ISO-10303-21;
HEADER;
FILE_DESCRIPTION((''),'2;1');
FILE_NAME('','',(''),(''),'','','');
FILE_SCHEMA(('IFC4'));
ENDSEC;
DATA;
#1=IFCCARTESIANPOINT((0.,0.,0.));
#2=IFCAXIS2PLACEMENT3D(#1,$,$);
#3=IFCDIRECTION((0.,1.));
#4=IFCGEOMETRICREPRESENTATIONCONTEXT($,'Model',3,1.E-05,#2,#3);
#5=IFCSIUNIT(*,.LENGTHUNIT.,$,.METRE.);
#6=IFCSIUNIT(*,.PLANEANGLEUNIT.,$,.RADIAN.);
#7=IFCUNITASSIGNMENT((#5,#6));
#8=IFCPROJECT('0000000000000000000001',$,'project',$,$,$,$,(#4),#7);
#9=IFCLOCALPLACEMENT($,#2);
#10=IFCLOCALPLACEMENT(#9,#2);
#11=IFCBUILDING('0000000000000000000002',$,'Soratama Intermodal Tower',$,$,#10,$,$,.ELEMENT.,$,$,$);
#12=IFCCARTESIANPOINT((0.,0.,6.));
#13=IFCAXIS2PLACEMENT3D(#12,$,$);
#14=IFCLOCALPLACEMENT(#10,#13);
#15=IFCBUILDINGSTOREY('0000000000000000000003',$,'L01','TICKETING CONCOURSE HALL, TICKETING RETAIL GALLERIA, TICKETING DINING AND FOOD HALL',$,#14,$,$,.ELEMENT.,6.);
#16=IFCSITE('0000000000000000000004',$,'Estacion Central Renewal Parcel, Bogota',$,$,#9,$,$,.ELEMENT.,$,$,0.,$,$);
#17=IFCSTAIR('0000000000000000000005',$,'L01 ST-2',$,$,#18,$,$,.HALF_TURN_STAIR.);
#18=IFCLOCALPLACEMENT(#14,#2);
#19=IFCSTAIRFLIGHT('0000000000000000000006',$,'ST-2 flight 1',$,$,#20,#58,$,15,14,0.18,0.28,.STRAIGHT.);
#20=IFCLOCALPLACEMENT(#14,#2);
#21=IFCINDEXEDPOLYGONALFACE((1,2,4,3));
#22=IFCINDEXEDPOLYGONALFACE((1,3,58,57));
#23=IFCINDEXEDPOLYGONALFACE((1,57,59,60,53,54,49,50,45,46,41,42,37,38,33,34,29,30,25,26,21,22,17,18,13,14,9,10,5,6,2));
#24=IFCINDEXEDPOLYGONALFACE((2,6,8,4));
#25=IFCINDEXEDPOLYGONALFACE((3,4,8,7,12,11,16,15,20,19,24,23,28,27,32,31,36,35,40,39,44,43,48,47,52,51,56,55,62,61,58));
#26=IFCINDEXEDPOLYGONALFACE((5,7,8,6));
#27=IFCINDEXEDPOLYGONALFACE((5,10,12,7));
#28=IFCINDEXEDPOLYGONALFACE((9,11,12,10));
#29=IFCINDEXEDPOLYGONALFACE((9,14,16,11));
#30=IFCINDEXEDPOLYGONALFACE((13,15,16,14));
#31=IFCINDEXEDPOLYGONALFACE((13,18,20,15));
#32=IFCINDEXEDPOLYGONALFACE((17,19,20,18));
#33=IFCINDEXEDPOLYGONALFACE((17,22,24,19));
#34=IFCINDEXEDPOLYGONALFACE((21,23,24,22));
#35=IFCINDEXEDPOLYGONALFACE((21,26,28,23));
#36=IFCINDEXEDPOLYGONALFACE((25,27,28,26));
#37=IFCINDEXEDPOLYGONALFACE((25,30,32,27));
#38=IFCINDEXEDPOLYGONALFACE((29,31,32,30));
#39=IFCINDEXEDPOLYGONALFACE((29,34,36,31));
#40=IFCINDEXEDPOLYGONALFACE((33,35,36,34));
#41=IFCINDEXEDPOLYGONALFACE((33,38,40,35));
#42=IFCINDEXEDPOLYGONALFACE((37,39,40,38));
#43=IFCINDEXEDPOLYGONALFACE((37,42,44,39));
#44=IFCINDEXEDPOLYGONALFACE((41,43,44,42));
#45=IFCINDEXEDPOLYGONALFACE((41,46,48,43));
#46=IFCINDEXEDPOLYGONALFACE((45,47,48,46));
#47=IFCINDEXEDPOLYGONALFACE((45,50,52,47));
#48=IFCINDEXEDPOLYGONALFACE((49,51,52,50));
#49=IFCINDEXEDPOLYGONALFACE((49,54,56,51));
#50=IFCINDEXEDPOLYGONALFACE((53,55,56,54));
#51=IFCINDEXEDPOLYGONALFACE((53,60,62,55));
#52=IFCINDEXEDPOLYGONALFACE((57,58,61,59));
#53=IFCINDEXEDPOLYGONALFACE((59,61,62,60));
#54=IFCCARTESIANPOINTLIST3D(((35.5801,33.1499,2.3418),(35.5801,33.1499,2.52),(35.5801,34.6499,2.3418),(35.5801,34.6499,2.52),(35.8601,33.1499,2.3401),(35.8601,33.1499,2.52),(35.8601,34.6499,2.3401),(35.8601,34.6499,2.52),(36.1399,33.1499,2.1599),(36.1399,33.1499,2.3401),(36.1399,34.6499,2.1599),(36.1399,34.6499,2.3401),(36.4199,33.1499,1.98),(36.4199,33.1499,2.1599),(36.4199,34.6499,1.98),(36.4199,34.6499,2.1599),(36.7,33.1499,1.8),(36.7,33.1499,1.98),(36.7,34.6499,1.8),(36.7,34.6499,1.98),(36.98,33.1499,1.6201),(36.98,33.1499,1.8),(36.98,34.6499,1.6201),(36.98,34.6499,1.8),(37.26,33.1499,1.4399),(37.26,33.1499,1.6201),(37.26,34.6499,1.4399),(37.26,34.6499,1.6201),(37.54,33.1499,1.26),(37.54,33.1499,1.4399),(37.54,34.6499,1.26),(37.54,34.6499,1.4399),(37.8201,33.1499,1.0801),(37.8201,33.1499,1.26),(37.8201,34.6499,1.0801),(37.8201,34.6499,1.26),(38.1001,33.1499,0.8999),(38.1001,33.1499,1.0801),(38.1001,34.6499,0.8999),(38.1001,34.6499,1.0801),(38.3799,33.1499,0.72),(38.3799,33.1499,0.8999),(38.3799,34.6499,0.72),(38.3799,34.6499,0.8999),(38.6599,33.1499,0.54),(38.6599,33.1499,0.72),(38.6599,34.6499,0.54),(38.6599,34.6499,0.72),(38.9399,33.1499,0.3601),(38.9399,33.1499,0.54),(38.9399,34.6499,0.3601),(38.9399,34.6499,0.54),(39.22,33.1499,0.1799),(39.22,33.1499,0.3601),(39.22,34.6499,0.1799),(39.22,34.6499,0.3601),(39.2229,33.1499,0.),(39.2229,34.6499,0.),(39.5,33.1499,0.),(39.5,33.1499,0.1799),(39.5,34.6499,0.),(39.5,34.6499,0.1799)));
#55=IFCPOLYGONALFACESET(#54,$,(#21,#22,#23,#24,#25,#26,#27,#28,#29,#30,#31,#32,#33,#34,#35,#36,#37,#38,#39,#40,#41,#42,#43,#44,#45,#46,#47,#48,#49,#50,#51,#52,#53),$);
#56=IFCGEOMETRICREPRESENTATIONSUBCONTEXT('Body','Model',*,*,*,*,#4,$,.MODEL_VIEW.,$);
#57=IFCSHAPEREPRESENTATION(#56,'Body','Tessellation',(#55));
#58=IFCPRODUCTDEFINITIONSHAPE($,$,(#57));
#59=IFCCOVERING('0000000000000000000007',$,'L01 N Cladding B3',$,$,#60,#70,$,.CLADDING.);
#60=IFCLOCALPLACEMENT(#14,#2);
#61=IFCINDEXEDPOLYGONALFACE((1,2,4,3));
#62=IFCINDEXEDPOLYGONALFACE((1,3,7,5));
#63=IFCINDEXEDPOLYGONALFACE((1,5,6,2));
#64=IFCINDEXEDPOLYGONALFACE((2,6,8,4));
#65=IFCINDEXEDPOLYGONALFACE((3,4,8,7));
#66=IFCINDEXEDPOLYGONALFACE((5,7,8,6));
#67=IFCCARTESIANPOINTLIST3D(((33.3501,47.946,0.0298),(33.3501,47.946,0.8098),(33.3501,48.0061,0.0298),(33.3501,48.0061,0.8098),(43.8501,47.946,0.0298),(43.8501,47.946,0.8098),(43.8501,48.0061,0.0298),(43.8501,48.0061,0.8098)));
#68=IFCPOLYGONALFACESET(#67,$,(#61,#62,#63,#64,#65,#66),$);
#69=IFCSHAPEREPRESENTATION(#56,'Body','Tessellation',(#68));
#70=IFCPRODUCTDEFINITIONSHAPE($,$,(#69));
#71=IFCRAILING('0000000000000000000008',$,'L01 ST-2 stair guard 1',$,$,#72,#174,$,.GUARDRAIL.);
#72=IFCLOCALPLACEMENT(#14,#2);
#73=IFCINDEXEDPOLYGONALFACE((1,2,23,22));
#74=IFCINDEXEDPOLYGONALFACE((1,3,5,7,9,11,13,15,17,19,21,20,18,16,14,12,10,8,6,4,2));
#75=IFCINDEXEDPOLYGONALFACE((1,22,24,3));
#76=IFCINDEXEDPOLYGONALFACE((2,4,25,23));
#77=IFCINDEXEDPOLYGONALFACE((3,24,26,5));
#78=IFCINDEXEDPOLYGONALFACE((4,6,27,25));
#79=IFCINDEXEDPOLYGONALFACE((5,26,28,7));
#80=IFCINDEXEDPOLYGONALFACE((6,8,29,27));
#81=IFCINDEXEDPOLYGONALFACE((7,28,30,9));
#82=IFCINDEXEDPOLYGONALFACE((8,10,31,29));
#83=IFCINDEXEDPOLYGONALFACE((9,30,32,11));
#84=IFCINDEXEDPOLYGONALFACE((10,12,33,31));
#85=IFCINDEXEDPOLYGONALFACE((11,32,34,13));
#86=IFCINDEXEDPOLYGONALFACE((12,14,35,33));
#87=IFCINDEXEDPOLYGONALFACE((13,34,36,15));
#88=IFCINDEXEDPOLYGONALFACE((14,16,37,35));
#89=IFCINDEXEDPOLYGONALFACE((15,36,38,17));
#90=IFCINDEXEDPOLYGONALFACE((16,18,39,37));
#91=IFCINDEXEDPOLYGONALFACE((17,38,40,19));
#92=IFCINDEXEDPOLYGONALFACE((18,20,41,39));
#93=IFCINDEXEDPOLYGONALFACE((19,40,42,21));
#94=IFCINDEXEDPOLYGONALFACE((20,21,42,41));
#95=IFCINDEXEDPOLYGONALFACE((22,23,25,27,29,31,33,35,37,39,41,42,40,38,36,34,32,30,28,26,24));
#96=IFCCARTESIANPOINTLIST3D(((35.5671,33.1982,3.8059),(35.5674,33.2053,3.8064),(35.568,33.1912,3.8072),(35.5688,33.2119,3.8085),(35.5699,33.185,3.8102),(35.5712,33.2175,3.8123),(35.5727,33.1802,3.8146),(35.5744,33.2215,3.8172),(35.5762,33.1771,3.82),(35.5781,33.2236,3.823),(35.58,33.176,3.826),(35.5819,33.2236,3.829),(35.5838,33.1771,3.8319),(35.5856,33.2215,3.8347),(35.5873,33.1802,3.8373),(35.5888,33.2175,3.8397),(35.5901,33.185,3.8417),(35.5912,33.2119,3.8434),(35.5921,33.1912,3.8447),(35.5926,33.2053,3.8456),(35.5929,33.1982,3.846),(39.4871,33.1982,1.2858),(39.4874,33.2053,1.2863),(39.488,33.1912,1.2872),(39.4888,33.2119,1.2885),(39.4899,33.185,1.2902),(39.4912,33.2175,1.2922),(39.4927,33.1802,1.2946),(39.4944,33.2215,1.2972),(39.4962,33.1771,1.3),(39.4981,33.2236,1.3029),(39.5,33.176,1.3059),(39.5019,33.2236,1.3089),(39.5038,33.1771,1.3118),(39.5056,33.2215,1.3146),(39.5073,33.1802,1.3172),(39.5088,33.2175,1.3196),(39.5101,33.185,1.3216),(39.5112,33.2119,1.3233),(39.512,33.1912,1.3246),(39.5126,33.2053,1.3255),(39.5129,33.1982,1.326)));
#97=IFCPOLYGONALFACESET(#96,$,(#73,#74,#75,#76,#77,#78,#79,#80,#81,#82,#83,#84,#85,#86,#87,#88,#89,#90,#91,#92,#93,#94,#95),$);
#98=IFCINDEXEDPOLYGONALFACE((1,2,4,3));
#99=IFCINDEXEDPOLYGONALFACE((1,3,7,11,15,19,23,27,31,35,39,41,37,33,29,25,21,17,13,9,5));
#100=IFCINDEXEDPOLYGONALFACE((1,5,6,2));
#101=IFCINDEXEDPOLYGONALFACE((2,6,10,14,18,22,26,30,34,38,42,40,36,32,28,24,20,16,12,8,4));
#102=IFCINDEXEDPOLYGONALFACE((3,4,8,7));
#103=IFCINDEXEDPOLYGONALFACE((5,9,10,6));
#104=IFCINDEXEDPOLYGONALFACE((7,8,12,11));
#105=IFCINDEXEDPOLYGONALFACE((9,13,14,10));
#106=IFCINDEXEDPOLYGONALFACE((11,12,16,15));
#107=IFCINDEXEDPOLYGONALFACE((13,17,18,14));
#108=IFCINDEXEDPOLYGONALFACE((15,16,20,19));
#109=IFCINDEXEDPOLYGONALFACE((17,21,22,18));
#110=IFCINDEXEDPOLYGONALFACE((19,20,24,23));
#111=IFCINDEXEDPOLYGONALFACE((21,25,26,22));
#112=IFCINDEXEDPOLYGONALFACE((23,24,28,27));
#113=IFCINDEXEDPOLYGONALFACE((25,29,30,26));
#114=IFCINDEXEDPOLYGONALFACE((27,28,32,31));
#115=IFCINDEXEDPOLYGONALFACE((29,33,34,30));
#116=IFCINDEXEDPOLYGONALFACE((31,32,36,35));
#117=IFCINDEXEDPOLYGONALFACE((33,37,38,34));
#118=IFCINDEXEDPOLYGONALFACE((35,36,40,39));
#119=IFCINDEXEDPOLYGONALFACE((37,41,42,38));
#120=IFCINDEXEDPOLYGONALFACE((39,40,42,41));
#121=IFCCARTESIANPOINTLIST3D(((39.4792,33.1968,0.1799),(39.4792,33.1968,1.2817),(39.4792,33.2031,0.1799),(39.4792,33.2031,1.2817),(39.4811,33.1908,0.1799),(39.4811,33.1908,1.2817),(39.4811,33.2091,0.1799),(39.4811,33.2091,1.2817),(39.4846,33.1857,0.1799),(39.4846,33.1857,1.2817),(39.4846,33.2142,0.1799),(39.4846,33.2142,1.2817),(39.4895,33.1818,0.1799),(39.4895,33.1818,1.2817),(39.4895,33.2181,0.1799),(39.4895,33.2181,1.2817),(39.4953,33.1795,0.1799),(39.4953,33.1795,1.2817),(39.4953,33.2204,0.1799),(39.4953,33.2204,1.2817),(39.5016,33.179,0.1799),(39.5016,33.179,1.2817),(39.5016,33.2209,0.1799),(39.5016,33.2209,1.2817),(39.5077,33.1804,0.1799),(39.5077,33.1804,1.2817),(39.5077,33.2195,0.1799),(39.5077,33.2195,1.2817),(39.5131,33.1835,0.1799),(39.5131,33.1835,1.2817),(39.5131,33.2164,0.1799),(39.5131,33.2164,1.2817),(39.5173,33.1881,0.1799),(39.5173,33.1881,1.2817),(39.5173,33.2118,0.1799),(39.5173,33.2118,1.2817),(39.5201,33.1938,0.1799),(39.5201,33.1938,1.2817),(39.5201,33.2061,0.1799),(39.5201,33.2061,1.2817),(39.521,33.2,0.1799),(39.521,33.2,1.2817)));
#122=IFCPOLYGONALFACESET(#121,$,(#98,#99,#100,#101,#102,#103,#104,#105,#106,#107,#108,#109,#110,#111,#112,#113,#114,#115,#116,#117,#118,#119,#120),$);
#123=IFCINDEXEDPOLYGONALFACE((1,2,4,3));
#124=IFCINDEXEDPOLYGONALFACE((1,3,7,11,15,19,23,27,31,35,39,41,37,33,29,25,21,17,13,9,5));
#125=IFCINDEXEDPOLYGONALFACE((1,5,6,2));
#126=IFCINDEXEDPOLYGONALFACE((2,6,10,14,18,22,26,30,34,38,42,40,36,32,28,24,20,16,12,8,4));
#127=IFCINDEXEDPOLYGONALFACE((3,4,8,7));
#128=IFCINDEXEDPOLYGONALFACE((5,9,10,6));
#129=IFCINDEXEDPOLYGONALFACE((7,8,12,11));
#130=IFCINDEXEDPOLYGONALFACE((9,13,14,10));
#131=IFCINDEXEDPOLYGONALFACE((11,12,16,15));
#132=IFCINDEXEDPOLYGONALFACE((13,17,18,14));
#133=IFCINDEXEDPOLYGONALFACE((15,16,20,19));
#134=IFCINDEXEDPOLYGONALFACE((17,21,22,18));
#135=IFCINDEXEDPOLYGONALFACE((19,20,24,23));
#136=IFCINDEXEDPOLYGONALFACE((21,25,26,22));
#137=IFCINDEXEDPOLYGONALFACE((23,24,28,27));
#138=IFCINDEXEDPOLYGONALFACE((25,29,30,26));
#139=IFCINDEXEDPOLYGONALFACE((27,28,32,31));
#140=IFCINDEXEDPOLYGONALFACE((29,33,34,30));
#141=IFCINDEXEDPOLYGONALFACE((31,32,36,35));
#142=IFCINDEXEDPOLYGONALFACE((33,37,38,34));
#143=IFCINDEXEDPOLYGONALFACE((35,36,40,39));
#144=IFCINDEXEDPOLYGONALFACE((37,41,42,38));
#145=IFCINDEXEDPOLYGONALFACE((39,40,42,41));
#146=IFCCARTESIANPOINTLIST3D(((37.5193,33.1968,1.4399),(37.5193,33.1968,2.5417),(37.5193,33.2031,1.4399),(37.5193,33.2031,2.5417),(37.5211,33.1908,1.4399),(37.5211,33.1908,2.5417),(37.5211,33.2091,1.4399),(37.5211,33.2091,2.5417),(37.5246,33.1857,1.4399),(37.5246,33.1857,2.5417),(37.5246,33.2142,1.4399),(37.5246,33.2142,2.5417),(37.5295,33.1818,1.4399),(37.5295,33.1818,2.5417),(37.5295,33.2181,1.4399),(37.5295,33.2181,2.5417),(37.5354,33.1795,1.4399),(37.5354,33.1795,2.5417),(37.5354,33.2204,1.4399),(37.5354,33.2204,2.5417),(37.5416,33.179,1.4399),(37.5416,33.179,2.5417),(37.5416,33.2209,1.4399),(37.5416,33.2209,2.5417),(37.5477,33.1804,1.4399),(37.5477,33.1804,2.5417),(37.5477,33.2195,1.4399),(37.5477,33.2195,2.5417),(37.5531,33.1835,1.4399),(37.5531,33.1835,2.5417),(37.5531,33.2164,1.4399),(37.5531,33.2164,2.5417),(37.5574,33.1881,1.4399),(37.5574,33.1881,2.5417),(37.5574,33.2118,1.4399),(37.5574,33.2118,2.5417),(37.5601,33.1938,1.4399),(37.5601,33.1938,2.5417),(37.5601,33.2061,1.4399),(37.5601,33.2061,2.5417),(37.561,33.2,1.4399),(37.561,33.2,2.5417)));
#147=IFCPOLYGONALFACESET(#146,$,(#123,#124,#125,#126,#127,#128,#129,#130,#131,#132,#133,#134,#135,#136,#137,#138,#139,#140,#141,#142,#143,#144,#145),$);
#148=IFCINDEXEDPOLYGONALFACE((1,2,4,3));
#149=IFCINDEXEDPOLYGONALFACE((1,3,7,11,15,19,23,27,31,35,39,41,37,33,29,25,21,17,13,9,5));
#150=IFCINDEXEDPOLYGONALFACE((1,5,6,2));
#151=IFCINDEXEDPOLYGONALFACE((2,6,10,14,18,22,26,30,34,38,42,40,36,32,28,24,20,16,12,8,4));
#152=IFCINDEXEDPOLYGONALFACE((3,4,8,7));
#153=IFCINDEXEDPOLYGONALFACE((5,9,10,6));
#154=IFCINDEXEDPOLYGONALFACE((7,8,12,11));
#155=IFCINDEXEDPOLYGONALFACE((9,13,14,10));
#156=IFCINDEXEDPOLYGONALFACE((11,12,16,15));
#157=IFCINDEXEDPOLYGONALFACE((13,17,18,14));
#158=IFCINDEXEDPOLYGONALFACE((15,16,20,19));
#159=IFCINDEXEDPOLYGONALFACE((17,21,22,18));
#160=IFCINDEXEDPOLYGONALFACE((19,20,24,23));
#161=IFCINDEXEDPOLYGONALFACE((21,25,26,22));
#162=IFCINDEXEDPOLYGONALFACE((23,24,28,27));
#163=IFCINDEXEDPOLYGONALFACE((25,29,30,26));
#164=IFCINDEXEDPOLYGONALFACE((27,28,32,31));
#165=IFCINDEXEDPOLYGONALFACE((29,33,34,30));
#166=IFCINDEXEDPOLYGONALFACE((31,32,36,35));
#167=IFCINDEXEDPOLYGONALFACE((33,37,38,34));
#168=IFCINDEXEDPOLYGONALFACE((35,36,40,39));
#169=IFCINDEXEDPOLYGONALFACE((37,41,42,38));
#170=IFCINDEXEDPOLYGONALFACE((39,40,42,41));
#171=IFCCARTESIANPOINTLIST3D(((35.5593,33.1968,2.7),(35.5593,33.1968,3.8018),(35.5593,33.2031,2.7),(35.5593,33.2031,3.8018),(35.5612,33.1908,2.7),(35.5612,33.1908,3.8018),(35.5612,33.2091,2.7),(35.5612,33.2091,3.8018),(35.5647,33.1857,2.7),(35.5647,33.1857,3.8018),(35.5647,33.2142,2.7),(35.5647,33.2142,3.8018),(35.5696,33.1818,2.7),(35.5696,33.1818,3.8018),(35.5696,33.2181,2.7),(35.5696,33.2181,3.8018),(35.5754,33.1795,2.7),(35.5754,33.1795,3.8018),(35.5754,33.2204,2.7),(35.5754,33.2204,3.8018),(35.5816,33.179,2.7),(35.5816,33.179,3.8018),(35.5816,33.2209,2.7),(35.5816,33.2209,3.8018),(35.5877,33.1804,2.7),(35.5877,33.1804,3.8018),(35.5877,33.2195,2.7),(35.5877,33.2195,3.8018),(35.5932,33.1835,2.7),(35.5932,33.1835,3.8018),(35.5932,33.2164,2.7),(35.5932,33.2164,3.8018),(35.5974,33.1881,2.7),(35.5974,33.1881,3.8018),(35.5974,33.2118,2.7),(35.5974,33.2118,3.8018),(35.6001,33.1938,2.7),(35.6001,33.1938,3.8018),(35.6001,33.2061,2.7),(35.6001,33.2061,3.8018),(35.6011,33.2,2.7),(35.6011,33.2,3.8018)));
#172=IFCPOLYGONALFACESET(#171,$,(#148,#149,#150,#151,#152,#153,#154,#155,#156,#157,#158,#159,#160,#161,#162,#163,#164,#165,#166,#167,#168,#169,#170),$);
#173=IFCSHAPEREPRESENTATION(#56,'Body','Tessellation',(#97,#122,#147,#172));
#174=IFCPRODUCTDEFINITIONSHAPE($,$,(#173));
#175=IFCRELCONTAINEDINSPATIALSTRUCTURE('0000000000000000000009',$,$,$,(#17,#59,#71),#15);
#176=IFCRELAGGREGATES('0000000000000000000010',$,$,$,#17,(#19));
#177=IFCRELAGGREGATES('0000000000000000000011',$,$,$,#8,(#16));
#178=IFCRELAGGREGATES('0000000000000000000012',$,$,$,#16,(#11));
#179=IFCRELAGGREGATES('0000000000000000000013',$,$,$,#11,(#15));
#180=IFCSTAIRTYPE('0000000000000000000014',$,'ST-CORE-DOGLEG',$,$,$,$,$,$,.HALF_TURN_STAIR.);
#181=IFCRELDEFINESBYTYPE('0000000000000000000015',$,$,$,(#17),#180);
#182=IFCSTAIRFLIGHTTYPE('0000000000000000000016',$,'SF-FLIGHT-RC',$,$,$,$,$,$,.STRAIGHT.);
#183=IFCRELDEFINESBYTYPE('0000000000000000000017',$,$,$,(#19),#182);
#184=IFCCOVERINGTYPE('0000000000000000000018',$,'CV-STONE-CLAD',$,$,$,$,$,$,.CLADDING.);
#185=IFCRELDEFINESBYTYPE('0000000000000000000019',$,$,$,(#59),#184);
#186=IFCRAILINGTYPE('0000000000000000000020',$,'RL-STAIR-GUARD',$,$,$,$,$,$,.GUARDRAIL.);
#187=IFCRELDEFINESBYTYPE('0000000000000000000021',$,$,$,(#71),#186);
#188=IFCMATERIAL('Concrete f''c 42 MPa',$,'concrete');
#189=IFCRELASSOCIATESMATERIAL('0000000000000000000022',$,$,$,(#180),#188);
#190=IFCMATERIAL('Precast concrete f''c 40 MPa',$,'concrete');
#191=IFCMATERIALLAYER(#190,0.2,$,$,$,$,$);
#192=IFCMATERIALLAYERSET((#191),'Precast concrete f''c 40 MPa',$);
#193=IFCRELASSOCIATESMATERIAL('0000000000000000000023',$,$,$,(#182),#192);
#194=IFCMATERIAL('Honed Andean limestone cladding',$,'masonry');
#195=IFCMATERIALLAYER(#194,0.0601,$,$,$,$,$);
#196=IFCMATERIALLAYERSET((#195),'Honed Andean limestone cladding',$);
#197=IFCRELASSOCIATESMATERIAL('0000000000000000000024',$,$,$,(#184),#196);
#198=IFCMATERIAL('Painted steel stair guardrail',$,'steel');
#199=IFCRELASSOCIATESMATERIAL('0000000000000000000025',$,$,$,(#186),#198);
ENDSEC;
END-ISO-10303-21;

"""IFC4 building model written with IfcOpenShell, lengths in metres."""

from ifc_helpers import new_model, si_unit, direction, frame, origin, origin_2d, place, context, subcontext, project, spatial, polyline, rectangle, circle, outline, extrude, material, layer, layer_set, type_object, element, aggregate, save


model = new_model("IFC4")

# Units and contexts
model_context = context("Model", 3, precision=1e-05, world=origin(), true_north=direction((0.0, 1.0)))
body_context = subcontext(model_context, "Body", "Model", "MODEL_VIEW")
ifc_project = project(units=[si_unit("LENGTHUNIT", "METRE"), si_unit("PLANEANGLEUNIT", "RADIAN")], contexts=[model_context])

# Site, building, storey
site_placement = place(None, origin())
site = spatial("IfcSite", under=ifc_project, at=site_placement, Name="Estacion Central Renewal Parcel, Bogota", CompositionType="ELEMENT", RefElevation=0.0)
building_placement = place(site_placement, origin())
building = spatial("IfcBuilding", under=site, at=building_placement, Name="Soratama Intermodal Tower", CompositionType="ELEMENT")
storey_placement = place(building_placement, frame((0.0, 0.0, 6.0)))
storey = spatial("IfcBuildingStorey", under=building, at=storey_placement, Name="L01", Description="TICKETING CONCOURSE HALL, TICKETING RETAIL GALLERIA, TICKETING DINING AND FOOD HALL", CompositionType="ELEMENT", Elevation=6.0)

# Stair, stair flight
ifc_material_1 = material(Name="Concrete f'c 42 MPa", Category="concrete")
stair_type = type_object("IfcStairType", Name="ST-CORE-DOGLEG", PredefinedType="HALF_TURN_STAIR", material=ifc_material_1)
stair_placement = place(storey_placement, origin())
stair = element("IfcStair", 1, at=stair_placement, inside=storey, type_object=stair_type, Name="L01 ST-2", PredefinedType="HALF_TURN_STAIR")
ifc_material_2 = material(Name="Precast concrete f'c 40 MPa", Category="concrete")
ifc_layer_1 = layer(ifc_material_2, 0.2)
ifc_layer_set_1 = layer_set([ifc_layer_1], Name="Precast concrete f'c 40 MPa")
stair_flight_type = type_object("IfcStairFlightType", Name="SF-FLIGHT-RC", PredefinedType="STRAIGHT", material=ifc_layer_set_1)
stair_flight_placement = place(storey_placement, frame((39.5, 33.8999, 0.0), z_axis=(0.0, 0.0, 1.0), x_axis=(-1.0, 0.0, 0.0)))
stair_flight = element("IfcStairFlight", 2, at=stair_flight_placement, type_object=stair_flight_type, Name="ST-2 flight 1", NumberOfRisers=15, NumberOfTreads=14, PredefinedType="STRAIGHT", RiserHeight=0.18, TreadLength=0.28, context=body_context, shape_type="SweptSolid", body=[
    extrude(outline(polyline([(0.0, 0.0), (0.0, 0.1799), (0.28, 0.1799), (0.28, 0.3601), (0.5601, 0.3601), (0.5601, 0.54), (0.8401, 0.54), (0.8401, 0.72), (1.1201, 0.72), (1.1201, 0.8999), (1.3999, 0.8999), (1.3999, 1.0801), (1.6799, 1.0801), (1.6799, 1.26), (1.96, 1.26), (1.96, 1.4399), (2.24, 1.4399), (2.24, 1.6201), (2.52, 1.6201), (2.52, 1.8), (2.8, 1.8), (2.8, 1.98), (3.0801, 1.98), (3.0801, 2.1599), (3.3601, 2.1599), (3.3601, 2.3401), (3.6399, 2.3401), (3.6399, 2.52), (3.9199, 2.52), (3.9199, 2.7), (3.9199, 2.3418), (0.2771, 0.0), (0.0, 0.0)])), frame((0.0, 0.75, 0.0), z_axis=(0.0, -1.0, 0.0), x_axis=(1.0, 0.0, 0.0)), (0.0, 0.0, 1.0), 1.5),
])
aggregate(stair, [stair_flight])

# Covering
ifc_material_3 = material(Name="Honed Andean limestone cladding", Category="masonry")
ifc_layer_2 = layer(ifc_material_3, 0.0601)
ifc_layer_set_2 = layer_set([ifc_layer_2], Name="Honed Andean limestone cladding")
covering_type = type_object("IfcCoveringType", Name="CV-STONE-CLAD", PredefinedType="CLADDING", material=ifc_layer_set_2)
covering_placement = place(storey_placement, frame((38.6001, 47.9761, 0.0298), z_axis=(0.0, 0.0, 1.0), x_axis=(1.0, 0.0, 0.0)))
element("IfcCovering", 3, at=covering_placement, inside=storey, type_object=covering_type, Name="L01 N Cladding B3", PredefinedType="CLADDING", context=body_context, shape_type="SweptSolid", body=[
    extrude(rectangle(XDim=10.5, YDim=0.0601, at=origin_2d()), origin(), (0.0, 0.0, 1.0), 0.78),
])

# Railing
ifc_material_4 = material(Name="Painted steel stair guardrail", Category="steel")
railing_type_1 = type_object("IfcRailingType", Name="RL-STAIR-GUARD", PredefinedType="GUARDRAIL", material=ifc_material_4)
railing_1_placement = place(storey_placement, frame((39.5, 33.2, 0.1799)))
element("IfcRailing", 4, at=railing_1_placement, inside=storey, type_object=railing_type_1, Name="L01 ST-2 stair guard 1", PredefinedType="GUARDRAIL", context=body_context, shape_type="SweptSolid", body=[
    extrude(circle(Radius=0.0239, at=origin_2d()), frame((0.0, 0.0, 1.126), z_axis=(-0.841172, 0.0, 0.540768), x_axis=(0.0, -1.0, 0.0)), (0.0, 0.0, 1.0), 4.6602),
    extrude(circle(Radius=0.021, at=origin_2d()), origin(), (0.0, 0.0, 1.0), 1.1018),
    extrude(circle(Radius=0.021, at=origin_2d()), frame((-1.96, 0.0, 1.26)), (0.0, 0.0, 1.0), 1.1018),
    extrude(circle(Radius=0.021, at=origin_2d()), frame((-3.9199, 0.0, 2.52)), (0.0, 0.0, 1.0), 1.1018),
])

save(model, "model.ifc")
